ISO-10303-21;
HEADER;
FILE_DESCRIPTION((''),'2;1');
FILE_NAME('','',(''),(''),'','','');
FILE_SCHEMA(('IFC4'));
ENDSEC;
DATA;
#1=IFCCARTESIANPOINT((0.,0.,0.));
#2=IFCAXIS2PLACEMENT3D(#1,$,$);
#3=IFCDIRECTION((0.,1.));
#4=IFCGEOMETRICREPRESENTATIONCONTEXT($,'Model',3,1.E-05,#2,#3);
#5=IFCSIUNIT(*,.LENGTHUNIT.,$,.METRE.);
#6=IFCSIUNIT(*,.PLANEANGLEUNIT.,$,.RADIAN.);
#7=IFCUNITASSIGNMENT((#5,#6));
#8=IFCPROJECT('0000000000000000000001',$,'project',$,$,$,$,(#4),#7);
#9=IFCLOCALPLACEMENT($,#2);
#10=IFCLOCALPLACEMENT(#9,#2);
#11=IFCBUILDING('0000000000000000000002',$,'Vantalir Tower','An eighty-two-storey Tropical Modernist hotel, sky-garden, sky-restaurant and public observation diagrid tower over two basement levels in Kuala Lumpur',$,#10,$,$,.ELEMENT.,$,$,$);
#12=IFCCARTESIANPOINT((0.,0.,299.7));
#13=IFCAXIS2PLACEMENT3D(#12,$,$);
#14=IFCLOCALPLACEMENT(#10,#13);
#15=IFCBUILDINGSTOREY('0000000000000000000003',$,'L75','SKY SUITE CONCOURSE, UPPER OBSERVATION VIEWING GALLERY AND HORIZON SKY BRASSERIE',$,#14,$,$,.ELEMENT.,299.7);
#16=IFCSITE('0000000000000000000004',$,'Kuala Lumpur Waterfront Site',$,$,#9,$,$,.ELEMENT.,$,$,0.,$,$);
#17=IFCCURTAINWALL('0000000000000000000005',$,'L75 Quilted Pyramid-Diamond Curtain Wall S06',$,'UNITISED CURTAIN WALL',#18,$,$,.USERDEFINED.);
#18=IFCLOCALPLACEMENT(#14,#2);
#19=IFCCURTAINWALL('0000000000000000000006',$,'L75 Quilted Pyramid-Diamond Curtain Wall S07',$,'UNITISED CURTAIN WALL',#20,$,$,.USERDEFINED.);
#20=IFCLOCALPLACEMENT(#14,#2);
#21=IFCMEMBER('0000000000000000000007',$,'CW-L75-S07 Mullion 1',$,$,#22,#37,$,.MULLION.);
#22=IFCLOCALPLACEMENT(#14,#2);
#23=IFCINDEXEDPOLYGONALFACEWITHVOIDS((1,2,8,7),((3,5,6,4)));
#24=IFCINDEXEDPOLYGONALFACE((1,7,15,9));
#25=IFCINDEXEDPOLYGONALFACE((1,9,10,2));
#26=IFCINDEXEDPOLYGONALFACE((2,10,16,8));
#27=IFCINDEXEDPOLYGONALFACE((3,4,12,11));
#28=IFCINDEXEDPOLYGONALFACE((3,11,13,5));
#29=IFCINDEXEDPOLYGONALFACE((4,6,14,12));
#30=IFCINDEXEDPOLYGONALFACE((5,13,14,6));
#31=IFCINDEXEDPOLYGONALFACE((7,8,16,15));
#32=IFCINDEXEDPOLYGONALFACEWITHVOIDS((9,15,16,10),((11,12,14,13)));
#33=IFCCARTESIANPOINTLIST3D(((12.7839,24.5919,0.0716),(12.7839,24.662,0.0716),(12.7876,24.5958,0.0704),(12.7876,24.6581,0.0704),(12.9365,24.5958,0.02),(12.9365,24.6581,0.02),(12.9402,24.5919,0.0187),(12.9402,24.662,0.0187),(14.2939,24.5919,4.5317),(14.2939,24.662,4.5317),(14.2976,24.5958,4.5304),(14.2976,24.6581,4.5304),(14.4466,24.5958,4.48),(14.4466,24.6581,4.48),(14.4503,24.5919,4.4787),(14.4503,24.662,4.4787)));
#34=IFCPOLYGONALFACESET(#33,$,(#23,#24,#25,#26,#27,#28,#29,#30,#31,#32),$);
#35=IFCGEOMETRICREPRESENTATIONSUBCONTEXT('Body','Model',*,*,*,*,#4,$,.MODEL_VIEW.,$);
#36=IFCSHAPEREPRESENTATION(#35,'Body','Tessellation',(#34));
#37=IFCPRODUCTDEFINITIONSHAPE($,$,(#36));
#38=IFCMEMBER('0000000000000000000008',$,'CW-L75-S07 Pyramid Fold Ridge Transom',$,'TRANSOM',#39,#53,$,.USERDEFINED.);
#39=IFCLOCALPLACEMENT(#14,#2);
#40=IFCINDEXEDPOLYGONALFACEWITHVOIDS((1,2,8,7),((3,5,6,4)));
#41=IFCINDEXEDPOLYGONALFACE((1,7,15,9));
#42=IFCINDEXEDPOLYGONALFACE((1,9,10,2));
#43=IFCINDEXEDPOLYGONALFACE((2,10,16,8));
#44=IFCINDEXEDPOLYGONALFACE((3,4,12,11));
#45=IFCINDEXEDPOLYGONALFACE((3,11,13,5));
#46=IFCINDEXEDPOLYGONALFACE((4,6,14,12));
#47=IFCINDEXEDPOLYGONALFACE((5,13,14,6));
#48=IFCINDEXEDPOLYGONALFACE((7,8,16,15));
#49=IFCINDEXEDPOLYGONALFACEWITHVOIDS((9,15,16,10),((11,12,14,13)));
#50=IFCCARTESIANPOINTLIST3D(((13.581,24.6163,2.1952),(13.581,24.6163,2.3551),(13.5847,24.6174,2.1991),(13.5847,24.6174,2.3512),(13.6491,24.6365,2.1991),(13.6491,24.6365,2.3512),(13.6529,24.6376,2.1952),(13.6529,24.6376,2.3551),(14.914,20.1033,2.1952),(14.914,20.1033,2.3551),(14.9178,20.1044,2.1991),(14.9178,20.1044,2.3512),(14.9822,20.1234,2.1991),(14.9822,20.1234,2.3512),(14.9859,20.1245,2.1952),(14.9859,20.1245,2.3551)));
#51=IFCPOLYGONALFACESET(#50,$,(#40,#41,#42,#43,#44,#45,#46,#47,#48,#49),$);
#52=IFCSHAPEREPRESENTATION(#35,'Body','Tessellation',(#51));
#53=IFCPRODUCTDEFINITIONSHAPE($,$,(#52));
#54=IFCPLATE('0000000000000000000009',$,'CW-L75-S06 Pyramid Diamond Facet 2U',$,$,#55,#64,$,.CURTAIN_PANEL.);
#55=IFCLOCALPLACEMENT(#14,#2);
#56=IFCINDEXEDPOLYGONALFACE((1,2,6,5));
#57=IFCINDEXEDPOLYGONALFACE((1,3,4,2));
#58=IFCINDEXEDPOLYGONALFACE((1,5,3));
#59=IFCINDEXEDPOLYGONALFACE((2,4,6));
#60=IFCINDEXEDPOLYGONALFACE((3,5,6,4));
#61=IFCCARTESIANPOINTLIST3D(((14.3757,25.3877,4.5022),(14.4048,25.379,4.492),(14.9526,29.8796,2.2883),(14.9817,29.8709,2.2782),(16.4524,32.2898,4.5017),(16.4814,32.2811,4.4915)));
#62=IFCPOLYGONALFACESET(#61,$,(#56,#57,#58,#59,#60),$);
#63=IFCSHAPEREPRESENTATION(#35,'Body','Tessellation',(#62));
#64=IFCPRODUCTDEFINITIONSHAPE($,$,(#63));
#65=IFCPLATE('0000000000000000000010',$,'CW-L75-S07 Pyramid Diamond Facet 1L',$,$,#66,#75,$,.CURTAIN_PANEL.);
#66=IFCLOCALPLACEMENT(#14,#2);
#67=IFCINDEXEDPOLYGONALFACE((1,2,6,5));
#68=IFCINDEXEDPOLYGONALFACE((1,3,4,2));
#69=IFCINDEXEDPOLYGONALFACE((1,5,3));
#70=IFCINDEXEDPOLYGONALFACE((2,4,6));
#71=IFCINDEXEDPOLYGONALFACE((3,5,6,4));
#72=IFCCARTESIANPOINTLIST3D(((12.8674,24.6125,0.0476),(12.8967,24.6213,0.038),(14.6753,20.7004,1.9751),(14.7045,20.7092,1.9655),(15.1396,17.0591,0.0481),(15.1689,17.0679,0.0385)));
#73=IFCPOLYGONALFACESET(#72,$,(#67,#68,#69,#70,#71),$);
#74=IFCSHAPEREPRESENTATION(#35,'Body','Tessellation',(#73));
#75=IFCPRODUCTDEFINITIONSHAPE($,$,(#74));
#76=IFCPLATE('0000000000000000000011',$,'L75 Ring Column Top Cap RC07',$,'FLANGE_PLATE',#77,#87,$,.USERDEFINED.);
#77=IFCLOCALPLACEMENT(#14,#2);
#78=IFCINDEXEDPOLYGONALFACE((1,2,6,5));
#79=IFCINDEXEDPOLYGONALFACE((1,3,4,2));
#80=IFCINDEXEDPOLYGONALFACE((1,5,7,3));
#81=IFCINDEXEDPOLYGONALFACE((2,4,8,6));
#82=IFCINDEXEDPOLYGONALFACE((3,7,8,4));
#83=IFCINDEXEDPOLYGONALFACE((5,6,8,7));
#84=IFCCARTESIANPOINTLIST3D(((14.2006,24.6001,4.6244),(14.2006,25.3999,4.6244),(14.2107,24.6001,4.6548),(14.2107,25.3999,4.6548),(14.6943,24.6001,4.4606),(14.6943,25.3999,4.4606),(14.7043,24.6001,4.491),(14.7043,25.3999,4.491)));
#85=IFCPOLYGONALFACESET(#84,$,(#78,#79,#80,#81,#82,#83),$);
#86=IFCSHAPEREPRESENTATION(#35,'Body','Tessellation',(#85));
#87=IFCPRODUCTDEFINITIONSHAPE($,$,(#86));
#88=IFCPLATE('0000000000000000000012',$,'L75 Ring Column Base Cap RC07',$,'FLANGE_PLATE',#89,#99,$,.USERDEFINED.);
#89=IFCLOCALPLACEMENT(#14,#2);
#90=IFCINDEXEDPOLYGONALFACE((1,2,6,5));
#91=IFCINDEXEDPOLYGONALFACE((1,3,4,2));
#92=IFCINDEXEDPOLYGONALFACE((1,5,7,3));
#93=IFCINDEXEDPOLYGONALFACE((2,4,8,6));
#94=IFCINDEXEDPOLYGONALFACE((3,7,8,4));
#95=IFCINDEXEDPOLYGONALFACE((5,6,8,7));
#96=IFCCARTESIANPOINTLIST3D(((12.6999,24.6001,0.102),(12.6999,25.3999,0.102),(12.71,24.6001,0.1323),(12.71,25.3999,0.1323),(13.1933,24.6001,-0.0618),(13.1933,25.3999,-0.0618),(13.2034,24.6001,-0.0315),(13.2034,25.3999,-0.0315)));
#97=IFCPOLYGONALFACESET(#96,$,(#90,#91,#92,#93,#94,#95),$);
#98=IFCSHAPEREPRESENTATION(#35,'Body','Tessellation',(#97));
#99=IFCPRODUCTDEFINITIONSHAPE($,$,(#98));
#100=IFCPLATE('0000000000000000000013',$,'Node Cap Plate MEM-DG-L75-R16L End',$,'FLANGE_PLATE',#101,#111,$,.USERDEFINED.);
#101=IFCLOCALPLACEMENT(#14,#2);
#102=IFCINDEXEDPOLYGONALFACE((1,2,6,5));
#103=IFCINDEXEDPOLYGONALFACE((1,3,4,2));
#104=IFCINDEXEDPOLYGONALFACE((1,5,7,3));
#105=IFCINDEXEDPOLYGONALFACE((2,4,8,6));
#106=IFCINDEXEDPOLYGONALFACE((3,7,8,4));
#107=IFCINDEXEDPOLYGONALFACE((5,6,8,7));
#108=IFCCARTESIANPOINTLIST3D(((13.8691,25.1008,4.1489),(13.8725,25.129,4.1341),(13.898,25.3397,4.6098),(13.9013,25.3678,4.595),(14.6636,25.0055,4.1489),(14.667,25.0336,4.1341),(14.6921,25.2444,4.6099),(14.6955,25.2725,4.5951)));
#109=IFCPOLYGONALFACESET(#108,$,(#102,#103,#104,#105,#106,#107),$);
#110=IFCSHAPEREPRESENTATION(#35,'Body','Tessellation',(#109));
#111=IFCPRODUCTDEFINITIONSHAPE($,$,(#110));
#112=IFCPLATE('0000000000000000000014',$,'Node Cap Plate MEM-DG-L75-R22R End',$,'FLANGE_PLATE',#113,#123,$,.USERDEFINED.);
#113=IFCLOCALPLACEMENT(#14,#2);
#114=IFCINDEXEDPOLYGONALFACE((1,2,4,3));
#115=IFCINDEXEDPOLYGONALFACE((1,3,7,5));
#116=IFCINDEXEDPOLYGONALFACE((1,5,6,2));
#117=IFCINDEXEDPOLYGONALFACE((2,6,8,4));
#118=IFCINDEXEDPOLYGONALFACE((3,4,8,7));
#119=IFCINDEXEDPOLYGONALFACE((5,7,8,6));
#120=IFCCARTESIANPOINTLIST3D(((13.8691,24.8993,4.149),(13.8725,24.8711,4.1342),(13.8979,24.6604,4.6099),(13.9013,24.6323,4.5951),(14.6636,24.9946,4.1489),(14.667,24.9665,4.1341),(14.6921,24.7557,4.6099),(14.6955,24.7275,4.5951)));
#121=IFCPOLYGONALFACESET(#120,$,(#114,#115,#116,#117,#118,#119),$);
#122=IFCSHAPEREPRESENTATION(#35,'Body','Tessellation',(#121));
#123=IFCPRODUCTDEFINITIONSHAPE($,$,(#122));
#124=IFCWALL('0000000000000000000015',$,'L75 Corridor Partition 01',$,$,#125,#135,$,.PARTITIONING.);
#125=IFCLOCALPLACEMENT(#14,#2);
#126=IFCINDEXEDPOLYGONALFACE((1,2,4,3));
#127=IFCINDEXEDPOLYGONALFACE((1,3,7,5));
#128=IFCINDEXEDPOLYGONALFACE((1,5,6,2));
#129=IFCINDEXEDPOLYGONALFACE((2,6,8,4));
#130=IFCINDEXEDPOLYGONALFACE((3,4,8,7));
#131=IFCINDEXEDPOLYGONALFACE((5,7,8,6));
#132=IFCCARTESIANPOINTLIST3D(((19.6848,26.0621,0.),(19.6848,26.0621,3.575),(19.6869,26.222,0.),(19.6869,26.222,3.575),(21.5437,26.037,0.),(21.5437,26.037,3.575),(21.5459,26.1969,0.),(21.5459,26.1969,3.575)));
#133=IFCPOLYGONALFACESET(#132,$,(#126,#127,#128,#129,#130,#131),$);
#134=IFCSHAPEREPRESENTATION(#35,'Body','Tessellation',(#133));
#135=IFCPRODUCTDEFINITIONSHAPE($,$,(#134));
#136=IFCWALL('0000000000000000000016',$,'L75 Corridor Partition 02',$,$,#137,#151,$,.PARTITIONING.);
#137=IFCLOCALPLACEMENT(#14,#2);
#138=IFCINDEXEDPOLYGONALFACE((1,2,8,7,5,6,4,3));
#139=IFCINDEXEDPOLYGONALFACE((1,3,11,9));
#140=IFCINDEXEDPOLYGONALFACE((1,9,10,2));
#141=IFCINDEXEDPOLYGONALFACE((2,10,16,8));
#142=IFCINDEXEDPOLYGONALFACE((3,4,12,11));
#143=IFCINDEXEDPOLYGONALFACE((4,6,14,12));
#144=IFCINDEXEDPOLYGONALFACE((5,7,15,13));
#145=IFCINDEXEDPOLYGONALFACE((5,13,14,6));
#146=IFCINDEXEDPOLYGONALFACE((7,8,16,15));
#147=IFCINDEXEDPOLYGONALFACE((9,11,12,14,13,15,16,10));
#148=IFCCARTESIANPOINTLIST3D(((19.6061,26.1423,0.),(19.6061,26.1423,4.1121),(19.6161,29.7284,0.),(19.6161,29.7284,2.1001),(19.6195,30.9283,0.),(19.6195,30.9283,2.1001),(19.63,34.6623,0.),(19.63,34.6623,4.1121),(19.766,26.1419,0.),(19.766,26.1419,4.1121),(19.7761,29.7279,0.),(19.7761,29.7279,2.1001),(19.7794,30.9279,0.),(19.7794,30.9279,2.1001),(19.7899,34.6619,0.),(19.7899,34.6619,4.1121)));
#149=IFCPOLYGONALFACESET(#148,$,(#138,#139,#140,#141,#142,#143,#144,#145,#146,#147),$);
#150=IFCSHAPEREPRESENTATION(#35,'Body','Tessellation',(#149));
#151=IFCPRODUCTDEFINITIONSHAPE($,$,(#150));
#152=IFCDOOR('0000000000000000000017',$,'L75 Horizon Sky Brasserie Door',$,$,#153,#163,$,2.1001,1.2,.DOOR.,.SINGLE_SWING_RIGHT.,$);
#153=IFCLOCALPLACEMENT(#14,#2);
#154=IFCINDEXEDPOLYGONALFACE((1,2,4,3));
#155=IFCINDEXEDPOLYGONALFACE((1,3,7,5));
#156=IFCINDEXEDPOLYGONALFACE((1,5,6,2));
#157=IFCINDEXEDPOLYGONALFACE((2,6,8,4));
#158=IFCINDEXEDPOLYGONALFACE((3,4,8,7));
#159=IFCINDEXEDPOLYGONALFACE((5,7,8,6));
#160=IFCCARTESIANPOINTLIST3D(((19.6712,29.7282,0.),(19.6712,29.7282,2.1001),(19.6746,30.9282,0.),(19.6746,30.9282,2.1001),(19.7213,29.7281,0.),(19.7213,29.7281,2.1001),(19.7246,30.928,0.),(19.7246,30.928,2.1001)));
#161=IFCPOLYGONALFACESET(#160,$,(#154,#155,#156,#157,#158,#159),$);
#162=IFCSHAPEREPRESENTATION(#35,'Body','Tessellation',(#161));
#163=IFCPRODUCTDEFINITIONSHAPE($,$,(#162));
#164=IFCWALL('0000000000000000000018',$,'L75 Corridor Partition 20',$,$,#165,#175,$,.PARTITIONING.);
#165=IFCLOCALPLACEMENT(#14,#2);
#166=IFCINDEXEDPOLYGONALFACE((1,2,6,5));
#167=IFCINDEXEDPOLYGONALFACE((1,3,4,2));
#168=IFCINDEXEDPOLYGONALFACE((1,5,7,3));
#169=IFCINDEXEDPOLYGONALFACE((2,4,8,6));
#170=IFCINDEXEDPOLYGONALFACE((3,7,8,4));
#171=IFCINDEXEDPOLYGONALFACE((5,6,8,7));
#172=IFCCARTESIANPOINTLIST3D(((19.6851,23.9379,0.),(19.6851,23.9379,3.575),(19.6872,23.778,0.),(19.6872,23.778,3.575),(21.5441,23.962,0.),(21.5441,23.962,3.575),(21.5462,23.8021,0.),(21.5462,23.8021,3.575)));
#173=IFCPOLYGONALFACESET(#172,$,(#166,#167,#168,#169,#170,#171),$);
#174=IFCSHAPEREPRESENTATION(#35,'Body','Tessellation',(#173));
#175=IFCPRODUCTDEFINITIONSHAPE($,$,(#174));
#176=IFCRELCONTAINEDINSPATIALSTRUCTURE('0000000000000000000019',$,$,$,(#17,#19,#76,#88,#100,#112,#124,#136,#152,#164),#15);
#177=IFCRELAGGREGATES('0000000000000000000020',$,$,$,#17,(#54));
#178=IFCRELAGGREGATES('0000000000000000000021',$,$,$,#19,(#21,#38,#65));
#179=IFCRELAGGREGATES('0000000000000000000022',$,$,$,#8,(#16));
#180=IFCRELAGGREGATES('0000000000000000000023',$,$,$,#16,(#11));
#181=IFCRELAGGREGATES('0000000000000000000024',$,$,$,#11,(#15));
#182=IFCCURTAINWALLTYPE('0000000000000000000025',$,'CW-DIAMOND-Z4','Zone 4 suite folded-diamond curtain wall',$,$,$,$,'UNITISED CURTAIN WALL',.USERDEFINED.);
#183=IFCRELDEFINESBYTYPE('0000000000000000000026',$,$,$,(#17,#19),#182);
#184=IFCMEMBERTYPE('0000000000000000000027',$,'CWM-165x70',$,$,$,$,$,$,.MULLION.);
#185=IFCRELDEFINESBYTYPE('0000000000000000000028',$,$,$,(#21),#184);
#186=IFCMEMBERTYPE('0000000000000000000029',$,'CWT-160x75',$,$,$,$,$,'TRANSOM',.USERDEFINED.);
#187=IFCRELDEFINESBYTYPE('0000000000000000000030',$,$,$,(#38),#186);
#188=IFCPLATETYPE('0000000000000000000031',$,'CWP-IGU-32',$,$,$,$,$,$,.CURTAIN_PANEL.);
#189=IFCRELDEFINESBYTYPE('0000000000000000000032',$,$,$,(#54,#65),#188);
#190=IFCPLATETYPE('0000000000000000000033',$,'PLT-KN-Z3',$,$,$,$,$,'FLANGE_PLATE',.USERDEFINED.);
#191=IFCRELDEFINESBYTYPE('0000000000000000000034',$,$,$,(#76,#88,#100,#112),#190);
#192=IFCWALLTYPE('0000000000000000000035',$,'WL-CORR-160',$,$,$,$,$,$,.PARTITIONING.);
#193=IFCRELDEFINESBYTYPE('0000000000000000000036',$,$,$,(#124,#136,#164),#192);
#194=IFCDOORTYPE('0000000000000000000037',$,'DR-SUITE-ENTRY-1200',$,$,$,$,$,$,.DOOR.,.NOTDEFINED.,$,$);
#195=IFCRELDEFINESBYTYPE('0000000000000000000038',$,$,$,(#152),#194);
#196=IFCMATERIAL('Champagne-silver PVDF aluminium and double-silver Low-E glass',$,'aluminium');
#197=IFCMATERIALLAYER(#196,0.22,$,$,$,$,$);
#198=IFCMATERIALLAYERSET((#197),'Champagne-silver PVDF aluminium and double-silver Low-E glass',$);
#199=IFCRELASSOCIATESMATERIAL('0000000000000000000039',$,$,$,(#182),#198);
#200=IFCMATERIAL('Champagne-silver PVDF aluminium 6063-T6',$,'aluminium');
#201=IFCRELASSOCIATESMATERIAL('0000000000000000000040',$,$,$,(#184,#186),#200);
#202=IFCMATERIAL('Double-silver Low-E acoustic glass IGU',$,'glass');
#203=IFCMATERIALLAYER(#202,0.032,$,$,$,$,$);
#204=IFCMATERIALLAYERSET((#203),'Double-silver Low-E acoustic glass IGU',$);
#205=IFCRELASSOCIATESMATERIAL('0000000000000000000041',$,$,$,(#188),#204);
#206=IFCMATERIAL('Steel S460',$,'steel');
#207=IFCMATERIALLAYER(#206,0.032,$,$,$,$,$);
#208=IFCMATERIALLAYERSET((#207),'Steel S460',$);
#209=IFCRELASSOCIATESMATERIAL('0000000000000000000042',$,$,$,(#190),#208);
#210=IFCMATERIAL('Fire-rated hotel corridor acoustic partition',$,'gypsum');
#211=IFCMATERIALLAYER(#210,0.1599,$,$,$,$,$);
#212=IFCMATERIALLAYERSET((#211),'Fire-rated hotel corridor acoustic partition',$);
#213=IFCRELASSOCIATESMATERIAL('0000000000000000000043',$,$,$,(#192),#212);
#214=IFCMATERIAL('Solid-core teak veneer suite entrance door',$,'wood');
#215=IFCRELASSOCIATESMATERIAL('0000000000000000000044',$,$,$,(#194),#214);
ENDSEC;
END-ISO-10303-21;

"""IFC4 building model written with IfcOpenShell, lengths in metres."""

from ifc_helpers import new_model, si_unit, direction, frame, frame_2d, origin, origin_2d, place, context, subcontext, project, spatial, polyline, rectangle, hollow_rectangle, outline, extrude, material, layer, layer_set, material_profile, profile_set, type_object, element, fill, aggregate, save


model = new_model("IFC4")

# Units and contexts
model_context = context("Model", 3, precision=1e-05, world=origin(), true_north=direction((0.0, 1.0)))
body_context = subcontext(model_context, "Body", "Model", "MODEL_VIEW")
ifc_project = project(units=[si_unit("LENGTHUNIT", "METRE"), si_unit("PLANEANGLEUNIT", "RADIAN")], contexts=[model_context])

# Site, building, storey
site_placement = place(None, origin())
site = spatial("IfcSite", under=ifc_project, at=site_placement, Name="Kuala Lumpur Waterfront Site", CompositionType="ELEMENT", RefElevation=0.0)
building_placement = place(site_placement, origin())
building = spatial("IfcBuilding", under=site, at=building_placement, Name="Vantalir Tower", Description="An eighty-two-storey Tropical Modernist hotel, sky-garden, sky-restaurant and public observation diagrid tower over two basement levels in Kuala Lumpur", CompositionType="ELEMENT")
storey_placement = place(building_placement, frame((0.0, 0.0, 299.7)))
storey = spatial("IfcBuildingStorey", under=building, at=storey_placement, Name="L75", Description="SKY SUITE CONCOURSE, UPPER OBSERVATION VIEWING GALLERY AND HORIZON SKY BRASSERIE", CompositionType="ELEMENT", Elevation=299.7)

# Shared definitions
ifc_material_1 = material(Name="Steel S460", Category="steel")

# Curtain wall
ifc_material_2 = material(Name="Champagne-silver PVDF aluminium and double-silver Low-E glass", Category="aluminium")
ifc_layer_1 = layer(ifc_material_2, 0.22)
ifc_layer_set_1 = layer_set([ifc_layer_1], Name="Champagne-silver PVDF aluminium and double-silver Low-E glass")
curtain_wall_type = type_object("IfcCurtainWallType", Name="CW-DIAMOND-Z4", Description="Zone 4 suite folded-diamond curtain wall", ElementType="UNITISED CURTAIN WALL", PredefinedType="USERDEFINED", material=ifc_layer_set_1)
curtain_wall_1_placement = place(storey_placement, origin())
curtain_wall_1 = element("IfcCurtainWall", 1, at=curtain_wall_1_placement, inside=storey, type_object=curtain_wall_type, Name="L75 Quilted Pyramid-Diamond Curtain Wall S06", ObjectType="UNITISED CURTAIN WALL", PredefinedType="USERDEFINED")
ifc_material_3 = material(Name="Champagne-silver PVDF aluminium 6063-T6", Category="aluminium")
ifc_material_profile_1 = material_profile(ifc_material_3, hollow_rectangle(XDim=0.0701, YDim=0.165, WallThickness=0.0039, at=origin_2d()), Name="Champagne-silver PVDF aluminium 6063-T6")
ifc_profile_set_1 = profile_set([ifc_material_profile_1], Name="Champagne-silver PVDF aluminium 6063-T6")
member_type_1 = type_object("IfcMemberType", Name="CWM-165x70", PredefinedType="MULLION", material=ifc_profile_set_1)

# Curtain wall, members
curtain_wall_2_placement = place(storey_placement, origin())
curtain_wall_2 = element("IfcCurtainWall", 2, at=curtain_wall_2_placement, inside=storey, type_object=curtain_wall_type, Name="L75 Quilted Pyramid-Diamond Curtain Wall S07", ObjectType="UNITISED CURTAIN WALL", PredefinedType="USERDEFINED")
member_1_placement = place(storey_placement, frame((12.8621, 24.627, 0.0452), z_axis=(0.320688, 0.0, 0.947185), x_axis=(0.0, 1.0, 0.0)))
member_1 = element("IfcMember", 3, at=member_1_placement, type_object=member_type_1, Name="CW-L75-S07 Mullion 1", PredefinedType="MULLION", context=body_context, shape_type="SweptSolid", body=[
    extrude(hollow_rectangle(XDim=0.0701, YDim=0.165, WallThickness=0.0039, at=origin_2d()), origin(), (0.0, 0.0, 1.0), 4.7087),
])
ifc_material_profile_2 = material_profile(ifc_material_3, hollow_rectangle(XDim=0.075, YDim=0.1599, WallThickness=0.0039, at=origin_2d()), Name="Champagne-silver PVDF aluminium 6063-T6")
ifc_profile_set_2 = profile_set([ifc_material_profile_2], Name="Champagne-silver PVDF aluminium 6063-T6")
member_type_2 = type_object("IfcMemberType", Name="CWT-160x75", ElementType="TRANSOM", PredefinedType="USERDEFINED", material=ifc_profile_set_2)
member_2_placement = place(storey_placement, frame((13.6169, 24.627, 2.2751), z_axis=(0.283276, -0.959039, 0.0), x_axis=(0.959039, 0.283276, 0.0)))
member_2 = element("IfcMember", 4, at=member_2_placement, type_object=member_type_2, Name="CW-L75-S07 Pyramid Fold Ridge Transom", ObjectType="TRANSOM", PredefinedType="USERDEFINED", context=body_context, shape_type="SweptSolid", body=[
    extrude(hollow_rectangle(XDim=0.075, YDim=0.1599, WallThickness=0.0039, at=origin_2d()), origin(), (0.0, 0.0, 1.0), 4.7058),
])

# Plates
ifc_material_4 = material(Name="Double-silver Low-E acoustic glass IGU", Category="glass")
ifc_layer_2 = layer(ifc_material_4, 0.032)
ifc_layer_set_2 = layer_set([ifc_layer_2], Name="Double-silver Low-E acoustic glass IGU")
plate_type_1 = type_object("IfcPlateType", Name="CWP-IGU-32", PredefinedType="CURTAIN_PANEL", material=ifc_layer_set_2)
plate_1_placement = place(storey_placement, frame((14.3757, 25.3877, 4.5022), z_axis=(-0.907968, 0.273206, 0.317732), x_axis=(0.288115, 0.957596, -0.000068)))
plate_1 = element("IfcPlate", 5, at=plate_1_placement, type_object=plate_type_1, Name="CW-L75-S06 Pyramid Diamond Facet 2U", PredefinedType="CURTAIN_PANEL", context=body_context, shape_type="SweptSolid", body=[
    extrude(outline(polyline([(0.0, 0.0), (7.2077, 0.0), (4.4678, 2.3345), (0.0, 0.0)])), origin(), (0.0, 0.0, -1.0), 0.032),
])
aggregate(curtain_wall_1, [plate_1])
plate_2_placement = place(storey_placement, frame((12.8674, 24.6125, 0.0476), z_axis=(-0.913752, -0.274853, 0.299187), x_axis=(0.288066, -0.95761, 0.000062)))
plate_2 = element("IfcPlate", 6, at=plate_2_placement, type_object=plate_type_1, Name="CW-L75-S07 Pyramid Diamond Facet 1L", PredefinedType="CURTAIN_PANEL", context=body_context, shape_type="SweptSolid", body=[
    extrude(outline(polyline([(0.0, 0.0), (7.8878, 0.0), (4.2672, 2.0197), (0.0, 0.0)])), origin(), (0.0, 0.0, -1.0), 0.032),
])
aggregate(curtain_wall_2, [member_1, member_2, plate_2])

# Plates
ifc_layer_3 = layer(ifc_material_1, 0.032)
ifc_layer_set_3 = layer_set([ifc_layer_3], Name="Steel S460")
plate_type_2 = type_object("IfcPlateType", Name="PLT-KN-Z3", ElementType="FLANGE_PLATE", PredefinedType="USERDEFINED", material=ifc_layer_set_3)
plate_3_placement = place(storey_placement, frame((14.2107, 25.3999, 4.6548), z_axis=(0.31496, 0.0, 0.949105), x_axis=(0.0, -1.0, 0.0)))
element("IfcPlate", 7, at=plate_3_placement, inside=storey, type_object=plate_type_2, Name="L75 Ring Column Top Cap RC07", ObjectType="FLANGE_PLATE", PredefinedType="USERDEFINED", context=body_context, shape_type="SweptSolid", body=[
    extrude(outline(polyline([(0.0, 0.0), (0.7998, 0.0), (0.7998, 0.5201), (0.0, 0.5201), (0.0, 0.0)])), origin(), (0.0, 0.0, -1.0), 0.032),
])
plate_4_placement = place(storey_placement, frame((12.71, 25.3999, 0.1323), z_axis=(0.315101, 0.0, 0.949058), x_axis=(0.0, -1.0, 0.0)))
element("IfcPlate", 8, at=plate_4_placement, inside=storey, type_object=plate_type_2, Name="L75 Ring Column Base Cap RC07", ObjectType="FLANGE_PLATE", PredefinedType="USERDEFINED", context=body_context, shape_type="SweptSolid", body=[
    extrude(outline(polyline([(0.0, 0.0), (0.7998, 0.0), (0.7998, 0.5199), (0.0, 0.5199), (0.0, 0.0)])), origin(), (0.0, 0.0, -1.0), 0.032),
])
plate_5_placement = place(storey_placement, frame((13.8691, 25.1008, 4.1489), z_axis=(-0.105643, -0.880174, 0.462745), x_axis=(0.992871, -0.119198, -0.000055)))
element("IfcPlate", 9, at=plate_5_placement, inside=storey, type_object=plate_type_2, Name="Node Cap Plate MEM-DG-L75-R16L End", ObjectType="FLANGE_PLATE", PredefinedType="USERDEFINED", context=body_context, shape_type="SweptSolid", body=[
    extrude(outline(polyline([(0.0, 0.0), (0.8001, 0.0), (0.8, 0.52), (0.0001, 0.5199), (0.0, 0.0)])), origin(), (0.0, 0.0, -1.0), 0.032),
])
plate_6_placement = place(storey_placement, frame((14.6636, 24.9946, 4.1489), z_axis=(-0.105643, 0.880174, 0.462745), x_axis=(-0.992871, -0.119198, 0.000055)))
element("IfcPlate", 10, at=plate_6_placement, inside=storey, type_object=plate_type_2, Name="Node Cap Plate MEM-DG-L75-R22R End", ObjectType="FLANGE_PLATE", PredefinedType="USERDEFINED", context=body_context, shape_type="SweptSolid", body=[
    extrude(outline(polyline([(0.0, 0.0), (0.8001, 0.0), (0.8, 0.5199), (0.0002, 0.52), (0.0, 0.0)])), origin(), (0.0, 0.0, -1.0), 0.032),
])

# Wall
ifc_material_5 = material(Name="Fire-rated hotel corridor acoustic partition", Category="gypsum")
ifc_layer_4 = layer(ifc_material_5, 0.1599)
ifc_layer_set_4 = layer_set([ifc_layer_4], Name="Fire-rated hotel corridor acoustic partition")
wall_type = type_object("IfcWallType", Name="WL-CORR-160", PredefinedType="PARTITIONING", material=ifc_layer_set_4)
wall_1_placement = place(storey_placement, frame((21.5449, 26.1169, 0.0), z_axis=(0.0, 0.0, 1.0), x_axis=(-0.999909, 0.013526, 0.0)))
element("IfcWall", 11, at=wall_1_placement, inside=storey, type_object=wall_type, Name="L75 Corridor Partition 01", PredefinedType="PARTITIONING", context=body_context, shape_type="SweptSolid", body=[
    extrude(rectangle(XDim=1.8591, YDim=0.1599, at=frame_2d((0.9297, 0.0))), origin(), (0.0, 0.0, 1.0), 3.575),
])

# Wall, opening, door
wall_2_placement = place(storey_placement, frame((19.686, 26.1421, 0.0), z_axis=(0.0, 0.0, 1.0), x_axis=(0.002808, 0.999996, 0.0)))
wall_2 = element("IfcWall", 12, at=wall_2_placement, inside=storey, type_object=wall_type, Name="L75 Corridor Partition 02", PredefinedType="PARTITIONING", context=body_context, shape_type="SweptSolid", body=[
    extrude(rectangle(XDim=8.52, YDim=0.1599, at=frame_2d((4.26, 0.0))), origin(), (0.0, 0.0, 1.0), 4.1121),
])
opening_placement = place(wall_2_placement, frame((3.5859, 0.0, 0.0)))
opening = element("IfcOpeningElement", 13, at=opening_placement, cuts=wall_2, PredefinedType="OPENING", context=body_context, shape_type="SweptSolid", body=[
    extrude(rectangle(XDim=1.2, YDim=2.1001, at=frame_2d((0.6001, 1.05))), frame((0.0, 0.0898, 0.0), z_axis=(0.0, -1.0, 0.0), x_axis=(1.0, 0.0, 0.0)), (0.0, 0.0, 1.0), 0.1799),
])
ifc_material_6 = material(Name="Solid-core teak veneer suite entrance door", Category="wood")
door_type = type_object("IfcDoorType", Name="DR-SUITE-ENTRY-1200", OperationType="NOTDEFINED", PredefinedType="DOOR", material=ifc_material_6)
door_placement = place(opening_placement, origin())
door = element("IfcDoor", 14, at=door_placement, inside=storey, type_object=door_type, Name="L75 Horizon Sky Brasserie Door", OperationType="SINGLE_SWING_RIGHT", OverallHeight=2.1001, OverallWidth=1.2, PredefinedType="DOOR", context=body_context, shape_type="SweptSolid", body=[
    extrude(rectangle(XDim=1.2, YDim=2.1001, at=frame_2d((0.6001, 1.05))), frame((0.0, 0.0249, 0.0), z_axis=(0.0, -1.0, 0.0), x_axis=(1.0, 0.0, 0.0)), (0.0, 0.0, 1.0), 0.05),
])
fill(opening, door)

# Wall
wall_3_placement = place(storey_placement, frame((19.686, 23.8579, 0.0), z_axis=(0.0, 0.0, 1.0), x_axis=(0.999915, 0.013001, 0.0)))
element("IfcWall", 15, at=wall_3_placement, inside=storey, type_object=wall_type, Name="L75 Corridor Partition 20", PredefinedType="PARTITIONING", context=body_context, shape_type="SweptSolid", body=[
    extrude(rectangle(XDim=1.8591, YDim=0.1599, at=frame_2d((0.9297, 0.0))), origin(), (0.0, 0.0, 1.0), 3.575),
])

save(model, "model.ifc")
